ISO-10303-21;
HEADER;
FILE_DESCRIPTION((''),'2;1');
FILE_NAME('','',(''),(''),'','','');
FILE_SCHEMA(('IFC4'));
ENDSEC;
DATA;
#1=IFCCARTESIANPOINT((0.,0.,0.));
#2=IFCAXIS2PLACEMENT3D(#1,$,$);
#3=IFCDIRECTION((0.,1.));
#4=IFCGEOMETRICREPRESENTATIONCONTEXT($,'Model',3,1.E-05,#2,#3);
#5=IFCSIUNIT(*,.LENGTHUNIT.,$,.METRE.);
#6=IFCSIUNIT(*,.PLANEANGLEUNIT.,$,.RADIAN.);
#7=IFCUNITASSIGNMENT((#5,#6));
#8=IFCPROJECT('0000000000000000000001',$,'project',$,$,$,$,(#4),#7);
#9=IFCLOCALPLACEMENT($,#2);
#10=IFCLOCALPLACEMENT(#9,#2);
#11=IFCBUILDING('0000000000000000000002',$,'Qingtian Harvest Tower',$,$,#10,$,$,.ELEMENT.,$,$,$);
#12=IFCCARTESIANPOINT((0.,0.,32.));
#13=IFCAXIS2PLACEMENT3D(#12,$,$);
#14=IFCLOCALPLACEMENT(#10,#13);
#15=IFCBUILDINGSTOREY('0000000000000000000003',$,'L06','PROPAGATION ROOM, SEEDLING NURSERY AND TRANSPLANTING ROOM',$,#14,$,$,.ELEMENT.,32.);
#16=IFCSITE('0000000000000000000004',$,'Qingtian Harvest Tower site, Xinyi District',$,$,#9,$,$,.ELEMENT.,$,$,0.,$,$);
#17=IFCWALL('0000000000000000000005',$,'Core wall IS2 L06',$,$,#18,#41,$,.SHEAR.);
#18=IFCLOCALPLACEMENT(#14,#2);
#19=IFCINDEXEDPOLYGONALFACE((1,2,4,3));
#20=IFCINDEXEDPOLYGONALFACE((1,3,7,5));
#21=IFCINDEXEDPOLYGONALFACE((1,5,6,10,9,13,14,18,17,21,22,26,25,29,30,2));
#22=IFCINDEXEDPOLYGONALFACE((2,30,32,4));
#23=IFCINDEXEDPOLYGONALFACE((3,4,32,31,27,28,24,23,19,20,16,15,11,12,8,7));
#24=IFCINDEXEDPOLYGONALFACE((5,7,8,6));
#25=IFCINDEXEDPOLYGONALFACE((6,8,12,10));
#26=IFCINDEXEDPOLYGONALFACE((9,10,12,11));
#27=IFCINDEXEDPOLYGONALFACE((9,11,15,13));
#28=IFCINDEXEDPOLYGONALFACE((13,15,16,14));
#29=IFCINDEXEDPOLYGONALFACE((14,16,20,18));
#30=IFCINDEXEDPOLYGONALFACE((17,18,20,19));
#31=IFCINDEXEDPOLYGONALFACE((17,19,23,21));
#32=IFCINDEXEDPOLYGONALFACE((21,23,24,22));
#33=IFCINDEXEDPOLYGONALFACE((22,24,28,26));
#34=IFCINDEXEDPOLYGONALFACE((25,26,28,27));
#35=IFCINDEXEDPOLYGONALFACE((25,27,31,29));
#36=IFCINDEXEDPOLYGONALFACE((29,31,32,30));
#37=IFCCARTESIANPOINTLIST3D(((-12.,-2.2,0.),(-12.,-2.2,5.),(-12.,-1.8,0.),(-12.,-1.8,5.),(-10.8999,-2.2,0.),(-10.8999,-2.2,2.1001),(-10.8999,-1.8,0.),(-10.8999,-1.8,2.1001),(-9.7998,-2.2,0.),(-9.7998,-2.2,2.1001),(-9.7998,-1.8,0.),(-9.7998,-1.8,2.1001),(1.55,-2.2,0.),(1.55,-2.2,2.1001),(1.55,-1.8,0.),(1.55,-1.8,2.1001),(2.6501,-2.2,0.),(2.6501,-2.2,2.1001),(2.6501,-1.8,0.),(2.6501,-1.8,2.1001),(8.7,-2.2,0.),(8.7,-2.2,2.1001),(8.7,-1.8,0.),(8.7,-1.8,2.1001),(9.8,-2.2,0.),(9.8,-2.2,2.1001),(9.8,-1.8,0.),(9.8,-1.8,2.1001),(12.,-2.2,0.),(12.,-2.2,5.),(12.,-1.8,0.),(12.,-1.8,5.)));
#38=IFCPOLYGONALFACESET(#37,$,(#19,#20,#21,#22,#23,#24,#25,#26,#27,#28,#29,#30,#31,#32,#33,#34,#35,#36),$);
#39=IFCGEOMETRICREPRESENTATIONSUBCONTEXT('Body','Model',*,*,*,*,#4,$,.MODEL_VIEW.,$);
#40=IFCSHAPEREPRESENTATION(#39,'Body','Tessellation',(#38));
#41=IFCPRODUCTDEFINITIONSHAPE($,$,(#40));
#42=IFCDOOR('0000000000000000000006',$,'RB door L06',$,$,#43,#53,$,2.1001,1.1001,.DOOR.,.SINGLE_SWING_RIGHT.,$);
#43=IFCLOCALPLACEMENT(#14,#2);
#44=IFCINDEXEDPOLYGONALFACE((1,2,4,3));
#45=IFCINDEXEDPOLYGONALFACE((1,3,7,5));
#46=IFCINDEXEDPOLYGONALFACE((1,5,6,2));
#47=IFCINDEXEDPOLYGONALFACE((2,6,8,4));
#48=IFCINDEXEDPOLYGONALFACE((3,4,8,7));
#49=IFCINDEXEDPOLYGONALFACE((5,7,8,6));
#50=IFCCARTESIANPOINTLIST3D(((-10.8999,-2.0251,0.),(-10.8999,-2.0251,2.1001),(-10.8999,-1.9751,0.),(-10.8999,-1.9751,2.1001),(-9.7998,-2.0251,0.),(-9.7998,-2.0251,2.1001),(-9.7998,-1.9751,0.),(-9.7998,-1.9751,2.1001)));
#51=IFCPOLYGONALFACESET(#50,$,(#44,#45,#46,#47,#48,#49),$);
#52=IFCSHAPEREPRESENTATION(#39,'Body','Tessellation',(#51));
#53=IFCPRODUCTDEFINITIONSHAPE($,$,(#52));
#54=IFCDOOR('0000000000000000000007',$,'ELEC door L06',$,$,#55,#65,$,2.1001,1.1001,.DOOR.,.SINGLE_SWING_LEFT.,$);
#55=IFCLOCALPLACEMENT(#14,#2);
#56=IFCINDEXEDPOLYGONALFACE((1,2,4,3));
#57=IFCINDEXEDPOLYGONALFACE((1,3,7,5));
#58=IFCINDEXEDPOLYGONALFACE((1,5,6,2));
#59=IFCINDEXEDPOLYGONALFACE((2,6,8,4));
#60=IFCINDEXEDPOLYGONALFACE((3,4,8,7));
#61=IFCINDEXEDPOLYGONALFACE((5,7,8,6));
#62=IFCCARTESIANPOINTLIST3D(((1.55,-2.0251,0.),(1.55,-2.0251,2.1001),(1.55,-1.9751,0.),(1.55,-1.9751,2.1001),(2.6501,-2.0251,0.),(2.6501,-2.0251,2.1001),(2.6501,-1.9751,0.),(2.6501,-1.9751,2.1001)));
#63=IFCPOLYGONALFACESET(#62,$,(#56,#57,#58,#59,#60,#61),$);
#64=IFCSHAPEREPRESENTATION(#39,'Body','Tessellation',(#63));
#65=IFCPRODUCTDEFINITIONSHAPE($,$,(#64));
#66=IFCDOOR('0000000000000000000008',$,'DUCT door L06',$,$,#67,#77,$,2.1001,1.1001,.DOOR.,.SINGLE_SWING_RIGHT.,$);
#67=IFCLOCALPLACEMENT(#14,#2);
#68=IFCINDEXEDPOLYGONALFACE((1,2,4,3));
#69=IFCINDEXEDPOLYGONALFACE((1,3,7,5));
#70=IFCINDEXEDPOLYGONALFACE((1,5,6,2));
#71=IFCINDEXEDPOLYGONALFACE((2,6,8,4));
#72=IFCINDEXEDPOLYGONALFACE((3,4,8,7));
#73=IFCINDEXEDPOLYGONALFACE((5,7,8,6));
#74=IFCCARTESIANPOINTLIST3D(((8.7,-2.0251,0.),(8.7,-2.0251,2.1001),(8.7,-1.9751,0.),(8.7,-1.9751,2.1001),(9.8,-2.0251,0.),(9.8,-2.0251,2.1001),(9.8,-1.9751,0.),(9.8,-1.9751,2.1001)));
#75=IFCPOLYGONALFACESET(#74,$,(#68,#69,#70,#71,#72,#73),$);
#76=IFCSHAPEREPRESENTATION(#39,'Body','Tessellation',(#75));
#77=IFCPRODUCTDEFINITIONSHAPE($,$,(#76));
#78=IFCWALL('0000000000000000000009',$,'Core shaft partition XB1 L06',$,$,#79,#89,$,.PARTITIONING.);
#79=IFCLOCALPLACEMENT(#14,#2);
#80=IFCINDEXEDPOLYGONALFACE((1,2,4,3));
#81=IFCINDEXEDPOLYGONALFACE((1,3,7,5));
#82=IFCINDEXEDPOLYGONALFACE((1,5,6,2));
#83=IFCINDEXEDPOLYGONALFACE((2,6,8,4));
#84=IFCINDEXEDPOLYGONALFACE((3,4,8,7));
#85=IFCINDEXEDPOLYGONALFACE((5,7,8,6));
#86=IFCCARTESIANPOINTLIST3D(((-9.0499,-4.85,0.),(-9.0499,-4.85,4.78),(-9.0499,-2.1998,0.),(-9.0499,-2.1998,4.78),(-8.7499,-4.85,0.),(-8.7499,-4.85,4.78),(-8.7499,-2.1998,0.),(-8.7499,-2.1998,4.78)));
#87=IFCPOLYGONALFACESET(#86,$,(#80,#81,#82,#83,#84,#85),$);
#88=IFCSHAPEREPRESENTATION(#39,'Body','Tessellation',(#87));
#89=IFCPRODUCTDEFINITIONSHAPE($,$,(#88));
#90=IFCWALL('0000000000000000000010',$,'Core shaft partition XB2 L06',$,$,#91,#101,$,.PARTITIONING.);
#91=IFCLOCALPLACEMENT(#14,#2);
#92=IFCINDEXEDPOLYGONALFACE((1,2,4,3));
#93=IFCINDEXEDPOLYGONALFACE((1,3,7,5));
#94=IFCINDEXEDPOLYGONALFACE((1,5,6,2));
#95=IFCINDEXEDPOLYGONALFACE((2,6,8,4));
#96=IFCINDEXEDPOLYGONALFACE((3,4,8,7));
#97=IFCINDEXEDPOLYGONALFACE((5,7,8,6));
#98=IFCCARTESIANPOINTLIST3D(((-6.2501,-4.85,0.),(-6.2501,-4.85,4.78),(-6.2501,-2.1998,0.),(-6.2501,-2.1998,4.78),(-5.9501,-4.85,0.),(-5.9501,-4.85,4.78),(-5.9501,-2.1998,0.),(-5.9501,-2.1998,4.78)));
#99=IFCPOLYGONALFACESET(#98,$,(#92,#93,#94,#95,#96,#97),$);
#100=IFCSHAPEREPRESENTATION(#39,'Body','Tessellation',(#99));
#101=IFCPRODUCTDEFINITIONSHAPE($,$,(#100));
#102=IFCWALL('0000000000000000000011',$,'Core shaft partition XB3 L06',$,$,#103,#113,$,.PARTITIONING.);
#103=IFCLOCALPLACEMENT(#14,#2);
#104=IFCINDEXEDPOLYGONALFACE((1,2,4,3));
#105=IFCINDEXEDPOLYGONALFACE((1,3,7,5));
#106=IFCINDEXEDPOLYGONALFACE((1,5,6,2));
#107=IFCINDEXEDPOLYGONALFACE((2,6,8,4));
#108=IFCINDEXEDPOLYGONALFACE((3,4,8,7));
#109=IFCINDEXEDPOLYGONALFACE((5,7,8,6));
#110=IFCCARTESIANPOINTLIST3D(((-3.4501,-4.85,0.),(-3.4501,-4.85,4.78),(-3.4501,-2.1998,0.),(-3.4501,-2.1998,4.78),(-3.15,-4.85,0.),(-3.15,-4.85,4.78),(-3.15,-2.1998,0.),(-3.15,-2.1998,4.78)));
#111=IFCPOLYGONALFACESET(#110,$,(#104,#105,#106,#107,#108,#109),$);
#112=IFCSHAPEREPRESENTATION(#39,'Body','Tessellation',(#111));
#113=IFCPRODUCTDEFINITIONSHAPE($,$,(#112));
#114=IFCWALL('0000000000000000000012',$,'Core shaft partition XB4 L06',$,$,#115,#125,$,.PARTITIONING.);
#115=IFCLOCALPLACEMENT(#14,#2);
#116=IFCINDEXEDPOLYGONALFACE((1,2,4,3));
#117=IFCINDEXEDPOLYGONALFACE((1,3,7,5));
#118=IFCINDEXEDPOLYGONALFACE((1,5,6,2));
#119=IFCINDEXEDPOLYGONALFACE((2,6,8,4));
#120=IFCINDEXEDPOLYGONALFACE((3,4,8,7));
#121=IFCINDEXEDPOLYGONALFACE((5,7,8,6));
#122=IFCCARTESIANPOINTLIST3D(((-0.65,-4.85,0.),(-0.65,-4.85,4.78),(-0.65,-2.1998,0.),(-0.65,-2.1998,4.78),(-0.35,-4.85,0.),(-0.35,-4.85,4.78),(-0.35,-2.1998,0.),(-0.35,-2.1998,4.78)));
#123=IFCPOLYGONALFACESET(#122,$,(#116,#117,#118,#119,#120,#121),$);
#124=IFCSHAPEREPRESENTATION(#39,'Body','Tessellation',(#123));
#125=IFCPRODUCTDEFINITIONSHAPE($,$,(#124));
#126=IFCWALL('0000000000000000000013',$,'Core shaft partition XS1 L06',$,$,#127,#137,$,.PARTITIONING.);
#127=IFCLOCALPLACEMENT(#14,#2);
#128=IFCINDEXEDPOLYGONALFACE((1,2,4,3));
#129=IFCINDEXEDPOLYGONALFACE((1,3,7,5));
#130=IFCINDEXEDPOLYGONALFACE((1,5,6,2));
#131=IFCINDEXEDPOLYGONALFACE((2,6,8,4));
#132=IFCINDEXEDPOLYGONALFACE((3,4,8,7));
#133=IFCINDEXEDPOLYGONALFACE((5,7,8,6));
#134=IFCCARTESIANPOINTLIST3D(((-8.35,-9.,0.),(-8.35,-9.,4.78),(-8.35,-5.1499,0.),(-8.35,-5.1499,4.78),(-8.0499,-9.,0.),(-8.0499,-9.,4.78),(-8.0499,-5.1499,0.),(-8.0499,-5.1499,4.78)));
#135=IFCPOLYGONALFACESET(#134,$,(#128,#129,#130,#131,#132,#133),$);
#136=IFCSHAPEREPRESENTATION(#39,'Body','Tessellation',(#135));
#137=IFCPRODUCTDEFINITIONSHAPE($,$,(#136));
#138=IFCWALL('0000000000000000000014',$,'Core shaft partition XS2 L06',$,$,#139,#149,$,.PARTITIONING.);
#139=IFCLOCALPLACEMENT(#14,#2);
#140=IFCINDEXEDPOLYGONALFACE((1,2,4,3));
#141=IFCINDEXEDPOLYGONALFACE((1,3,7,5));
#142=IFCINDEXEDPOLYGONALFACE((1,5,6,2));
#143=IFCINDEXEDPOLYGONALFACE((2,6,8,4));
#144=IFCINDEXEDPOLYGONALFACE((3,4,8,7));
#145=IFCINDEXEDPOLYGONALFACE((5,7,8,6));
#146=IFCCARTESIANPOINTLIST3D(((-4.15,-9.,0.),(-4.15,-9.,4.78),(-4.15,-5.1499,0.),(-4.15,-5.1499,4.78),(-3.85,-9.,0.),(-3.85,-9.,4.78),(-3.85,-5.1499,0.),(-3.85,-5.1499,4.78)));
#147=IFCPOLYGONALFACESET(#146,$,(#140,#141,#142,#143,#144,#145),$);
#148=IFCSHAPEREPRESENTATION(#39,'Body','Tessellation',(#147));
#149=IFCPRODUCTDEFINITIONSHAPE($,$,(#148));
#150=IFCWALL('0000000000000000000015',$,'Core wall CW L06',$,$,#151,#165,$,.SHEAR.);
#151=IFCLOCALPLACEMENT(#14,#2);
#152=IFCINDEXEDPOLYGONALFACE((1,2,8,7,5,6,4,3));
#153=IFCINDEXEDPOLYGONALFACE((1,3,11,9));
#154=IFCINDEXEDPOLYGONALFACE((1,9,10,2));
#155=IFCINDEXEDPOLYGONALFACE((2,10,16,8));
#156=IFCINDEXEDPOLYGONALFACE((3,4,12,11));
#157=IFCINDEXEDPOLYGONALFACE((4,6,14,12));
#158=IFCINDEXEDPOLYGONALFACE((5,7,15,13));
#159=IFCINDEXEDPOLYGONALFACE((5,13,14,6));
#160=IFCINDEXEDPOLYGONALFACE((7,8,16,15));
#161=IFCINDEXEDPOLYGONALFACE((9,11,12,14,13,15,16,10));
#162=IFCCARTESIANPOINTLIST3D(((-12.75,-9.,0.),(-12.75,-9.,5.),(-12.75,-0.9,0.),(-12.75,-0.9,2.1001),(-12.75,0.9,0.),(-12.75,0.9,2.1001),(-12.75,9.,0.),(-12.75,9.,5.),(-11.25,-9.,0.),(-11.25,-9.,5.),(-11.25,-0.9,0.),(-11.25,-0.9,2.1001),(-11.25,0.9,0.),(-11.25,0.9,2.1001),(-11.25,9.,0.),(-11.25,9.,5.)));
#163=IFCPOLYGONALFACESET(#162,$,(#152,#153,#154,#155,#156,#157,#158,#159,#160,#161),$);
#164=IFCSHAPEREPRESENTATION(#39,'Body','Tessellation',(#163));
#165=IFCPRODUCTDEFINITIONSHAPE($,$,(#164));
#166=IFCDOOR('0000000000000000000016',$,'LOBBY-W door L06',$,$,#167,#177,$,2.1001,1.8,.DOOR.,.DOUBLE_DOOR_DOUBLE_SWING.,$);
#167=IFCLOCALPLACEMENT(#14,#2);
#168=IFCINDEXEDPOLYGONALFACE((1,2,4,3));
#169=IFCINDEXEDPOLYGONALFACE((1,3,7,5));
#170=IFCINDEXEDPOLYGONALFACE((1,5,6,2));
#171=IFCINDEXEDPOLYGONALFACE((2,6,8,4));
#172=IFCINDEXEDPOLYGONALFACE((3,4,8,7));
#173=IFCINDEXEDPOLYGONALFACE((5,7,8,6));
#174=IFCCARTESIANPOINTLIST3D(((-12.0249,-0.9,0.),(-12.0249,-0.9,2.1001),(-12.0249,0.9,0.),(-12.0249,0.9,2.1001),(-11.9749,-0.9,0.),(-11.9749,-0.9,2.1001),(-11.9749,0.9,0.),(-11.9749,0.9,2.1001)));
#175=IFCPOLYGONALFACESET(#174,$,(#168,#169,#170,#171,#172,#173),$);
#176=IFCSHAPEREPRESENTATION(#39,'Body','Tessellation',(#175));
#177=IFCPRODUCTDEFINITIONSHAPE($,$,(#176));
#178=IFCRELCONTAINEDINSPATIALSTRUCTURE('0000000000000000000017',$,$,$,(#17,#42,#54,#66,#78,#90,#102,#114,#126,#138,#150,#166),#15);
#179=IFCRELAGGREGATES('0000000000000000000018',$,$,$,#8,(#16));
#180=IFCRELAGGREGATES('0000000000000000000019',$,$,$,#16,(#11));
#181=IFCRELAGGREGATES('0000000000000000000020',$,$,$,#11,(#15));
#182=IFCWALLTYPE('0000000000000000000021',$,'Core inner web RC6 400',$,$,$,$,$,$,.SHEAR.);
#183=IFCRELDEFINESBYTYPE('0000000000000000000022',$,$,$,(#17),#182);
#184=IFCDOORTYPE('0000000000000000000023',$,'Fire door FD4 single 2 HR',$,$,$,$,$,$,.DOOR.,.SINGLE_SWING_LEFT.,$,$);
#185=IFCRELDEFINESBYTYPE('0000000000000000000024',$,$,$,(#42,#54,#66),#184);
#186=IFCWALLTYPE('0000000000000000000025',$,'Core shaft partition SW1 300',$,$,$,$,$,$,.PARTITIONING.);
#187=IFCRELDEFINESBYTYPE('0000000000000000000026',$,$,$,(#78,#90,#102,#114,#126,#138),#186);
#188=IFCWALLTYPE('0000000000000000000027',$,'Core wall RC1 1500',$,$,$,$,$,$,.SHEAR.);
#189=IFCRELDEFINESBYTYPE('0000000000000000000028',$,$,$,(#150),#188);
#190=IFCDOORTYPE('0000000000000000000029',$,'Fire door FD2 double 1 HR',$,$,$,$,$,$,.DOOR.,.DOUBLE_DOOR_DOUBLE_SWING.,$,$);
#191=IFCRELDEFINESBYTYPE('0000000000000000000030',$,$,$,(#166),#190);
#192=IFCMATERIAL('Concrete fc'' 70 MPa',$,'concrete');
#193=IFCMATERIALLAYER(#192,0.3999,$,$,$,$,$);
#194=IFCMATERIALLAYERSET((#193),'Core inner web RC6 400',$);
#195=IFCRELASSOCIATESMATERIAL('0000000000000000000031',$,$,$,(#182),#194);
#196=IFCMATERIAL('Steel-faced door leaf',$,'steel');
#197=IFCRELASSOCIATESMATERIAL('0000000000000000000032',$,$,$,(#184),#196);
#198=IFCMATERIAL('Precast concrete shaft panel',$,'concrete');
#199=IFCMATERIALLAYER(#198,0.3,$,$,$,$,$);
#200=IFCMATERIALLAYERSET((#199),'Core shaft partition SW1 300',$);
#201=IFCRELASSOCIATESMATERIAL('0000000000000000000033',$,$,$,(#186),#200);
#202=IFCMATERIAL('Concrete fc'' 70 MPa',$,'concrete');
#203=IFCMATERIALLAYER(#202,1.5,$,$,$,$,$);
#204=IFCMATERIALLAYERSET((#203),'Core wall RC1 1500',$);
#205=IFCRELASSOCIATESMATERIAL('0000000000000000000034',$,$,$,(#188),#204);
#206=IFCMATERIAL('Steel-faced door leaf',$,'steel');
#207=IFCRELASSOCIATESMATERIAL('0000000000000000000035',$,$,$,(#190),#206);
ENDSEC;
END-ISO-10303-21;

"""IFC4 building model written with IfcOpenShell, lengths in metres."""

from ifc_helpers import new_model, si_unit, direction, frame, frame_2d, origin, place, context, subcontext, project, spatial, rectangle, extrude, material, layer, layer_set, type_object, element, fill, save


model = new_model("IFC4")

# Units and contexts
model_context = context("Model", 3, precision=1e-05, world=origin(), true_north=direction((0.0, 1.0)))
body_context = subcontext(model_context, "Body", "Model", "MODEL_VIEW")
ifc_project = project(units=[si_unit("LENGTHUNIT", "METRE"), si_unit("PLANEANGLEUNIT", "RADIAN")], contexts=[model_context])

# Site, building, storey
site_placement = place(None, origin())
site = spatial("IfcSite", under=ifc_project, at=site_placement, Name="Qingtian Harvest Tower site, Xinyi District", CompositionType="ELEMENT", RefElevation=0.0)
building_placement = place(site_placement, origin())
building = spatial("IfcBuilding", under=site, at=building_placement, Name="Qingtian Harvest Tower", CompositionType="ELEMENT")
storey_placement = place(building_placement, frame((0.0, 0.0, 32.0)))
storey = spatial("IfcBuildingStorey", under=building, at=storey_placement, Name="L06", Description="PROPAGATION ROOM, SEEDLING NURSERY AND TRANSPLANTING ROOM", CompositionType="ELEMENT", Elevation=32.0)

# Wall, openings, doors
ifc_material_1 = material(Name="Concrete fc' 70 MPa", Category="concrete")
ifc_layer_1 = layer(ifc_material_1, 0.3999)
ifc_layer_set_1 = layer_set([ifc_layer_1], Name="Core inner web RC6 400")
wall_type_1 = type_object("IfcWallType", Name="Core inner web RC6 400", PredefinedType="SHEAR", material=ifc_layer_set_1)
wall_1_placement = place(storey_placement, frame((-12.0, -2.0, 0.0), z_axis=(0.0, 0.0, 1.0), x_axis=(1.0, 0.0, 0.0)))
wall_1 = element("IfcWall", 1, at=wall_1_placement, inside=storey, type_object=wall_type_1, Name="Core wall IS2 L06", PredefinedType="SHEAR", context=body_context, shape_type="SweptSolid", body=[
    extrude(rectangle(XDim=24.0, YDim=0.3999, at=frame_2d((12.0, 0.0))), origin(), (0.0, 0.0, 1.0), 5.0),
])
opening_1_placement = place(wall_1_placement, frame((1.1001, 0.0, 0.0)))
opening_1 = element("IfcOpeningElement", 2, at=opening_1_placement, cuts=wall_1, PredefinedType="OPENING", context=body_context, shape_type="SweptSolid", body=[
    extrude(rectangle(XDim=1.1001, YDim=2.1001, at=frame_2d((0.55, 1.05))), frame((0.0, 0.21, 0.0), z_axis=(0.0, -1.0, 0.0), x_axis=(1.0, 0.0, 0.0)), (0.0, 0.0, 1.0), 0.4199),
])
opening_2_placement = place(wall_1_placement, frame((13.55, 0.0, 0.0)))
opening_2 = element("IfcOpeningElement", 3, at=opening_2_placement, cuts=wall_1, PredefinedType="OPENING", context=body_context, shape_type="SweptSolid", body=[
    extrude(rectangle(XDim=1.1001, YDim=2.1001, at=frame_2d((0.55, 1.05))), frame((0.0, 0.21, 0.0), z_axis=(0.0, -1.0, 0.0), x_axis=(1.0, 0.0, 0.0)), (0.0, 0.0, 1.0), 0.4199),
])
opening_3_placement = place(wall_1_placement, frame((20.7, 0.0, 0.0)))
opening_3 = element("IfcOpeningElement", 4, at=opening_3_placement, cuts=wall_1, PredefinedType="OPENING", context=body_context, shape_type="SweptSolid", body=[
    extrude(rectangle(XDim=1.1001, YDim=2.1001, at=frame_2d((0.55, 1.05))), frame((0.0, 0.21, 0.0), z_axis=(0.0, -1.0, 0.0), x_axis=(1.0, 0.0, 0.0)), (0.0, 0.0, 1.0), 0.4199),
])
ifc_material_2 = material(Name="Steel-faced door leaf", Category="steel")
door_type_1 = type_object("IfcDoorType", Name="Fire door FD4 single 2 HR", OperationType="SINGLE_SWING_LEFT", PredefinedType="DOOR", material=ifc_material_2)
door_1_placement = place(opening_1_placement, origin())
door_1 = element("IfcDoor", 5, at=door_1_placement, inside=storey, type_object=door_type_1, Name="RB door L06", OperationType="SINGLE_SWING_RIGHT", OverallHeight=2.1001, OverallWidth=1.1001, PredefinedType="DOOR", context=body_context, shape_type="SweptSolid", body=[
    extrude(rectangle(XDim=1.1001, YDim=2.1001, at=frame_2d((0.55, 1.05))), frame((0.0, 0.0249, 0.0), z_axis=(0.0, -1.0, 0.0), x_axis=(1.0, 0.0, 0.0)), (0.0, 0.0, 1.0), 0.05),
])
fill(opening_1, door_1)
door_2_placement = place(opening_2_placement, origin())
door_2 = element("IfcDoor", 6, at=door_2_placement, inside=storey, type_object=door_type_1, Name="ELEC door L06", OperationType="SINGLE_SWING_LEFT", OverallHeight=2.1001, OverallWidth=1.1001, PredefinedType="DOOR", context=body_context, shape_type="SweptSolid", body=[
    extrude(rectangle(XDim=1.1001, YDim=2.1001, at=frame_2d((0.55, 1.05))), frame((0.0, 0.0249, 0.0), z_axis=(0.0, -1.0, 0.0), x_axis=(1.0, 0.0, 0.0)), (0.0, 0.0, 1.0), 0.05),
])
fill(opening_2, door_2)
door_3_placement = place(opening_3_placement, origin())
door_3 = element("IfcDoor", 7, at=door_3_placement, inside=storey, type_object=door_type_1, Name="DUCT door L06", OperationType="SINGLE_SWING_RIGHT", OverallHeight=2.1001, OverallWidth=1.1001, PredefinedType="DOOR", context=body_context, shape_type="SweptSolid", body=[
    extrude(rectangle(XDim=1.1001, YDim=2.1001, at=frame_2d((0.55, 1.05))), frame((0.0, 0.0249, 0.0), z_axis=(0.0, -1.0, 0.0), x_axis=(1.0, 0.0, 0.0)), (0.0, 0.0, 1.0), 0.05),
])
fill(opening_3, door_3)

# Walls
ifc_material_3 = material(Name="Precast concrete shaft panel", Category="concrete")
ifc_layer_2 = layer(ifc_material_3, 0.3)
ifc_layer_set_2 = layer_set([ifc_layer_2], Name="Core shaft partition SW1 300")
wall_type_2 = type_object("IfcWallType", Name="Core shaft partition SW1 300", PredefinedType="PARTITIONING", material=ifc_layer_set_2)
for number, where, z_axis, x_axis, name in (
    (8, (-8.8999, -4.8501, 0.0), (0.0, 0.0, 1.0), (0.0, 1.0, 0.0), "Core shaft partition XB1 L06"),
    (9, (-6.1001, -4.8501, 0.0), (0.0, 0.0, 1.0), (0.0, 1.0, 0.0), "Core shaft partition XB2 L06"),
    (10, (-3.3, -4.8501, 0.0), (0.0, 0.0, 1.0), (0.0, 1.0, 0.0), "Core shaft partition XB3 L06"),
    (11, (-0.5, -4.8501, 0.0), (0.0, 0.0, 1.0), (0.0, 1.0, 0.0), "Core shaft partition XB4 L06"),
):
    element("IfcWall", number, at=place(storey_placement, frame(where, z_axis=z_axis, x_axis=x_axis)), inside=storey, type_object=wall_type_2, Name=name, PredefinedType="PARTITIONING", context=body_context, shape_type="SweptSolid", body=[
        extrude(rectangle(XDim=2.6501, YDim=0.3, at=frame_2d((1.3252, 0.0))), origin(), (0.0, 0.0, 1.0), 4.78),
    ])
for number, where, z_axis, x_axis, name in (
    (12, (-8.2, -9.0, 0.0), (0.0, 0.0, 1.0), (0.0, 1.0, 0.0), "Core shaft partition XS1 L06"),
    (13, (-4.0, -9.0, 0.0), (0.0, 0.0, 1.0), (0.0, 1.0, 0.0), "Core shaft partition XS2 L06"),
):
    element("IfcWall", number, at=place(storey_placement, frame(where, z_axis=z_axis, x_axis=x_axis)), inside=storey, type_object=wall_type_2, Name=name, PredefinedType="PARTITIONING", context=body_context, shape_type="SweptSolid", body=[
        extrude(rectangle(XDim=3.8501, YDim=0.3, at=frame_2d((1.925, 0.0))), origin(), (0.0, 0.0, 1.0), 4.78),
    ])

# Wall, opening, door
ifc_material_4 = material(Name="Concrete fc' 70 MPa", Category="concrete")
ifc_layer_3 = layer(ifc_material_4, 1.5)
ifc_layer_set_3 = layer_set([ifc_layer_3], Name="Core wall RC1 1500")
wall_type_3 = type_object("IfcWallType", Name="Core wall RC1 1500", PredefinedType="SHEAR", material=ifc_layer_set_3)
wall_2_placement = place(storey_placement, frame((-12.0, -9.0, 0.0), z_axis=(0.0, 0.0, 1.0), x_axis=(0.0, 1.0, 0.0)))
wall_2 = element("IfcWall", 14, at=wall_2_placement, inside=storey, type_object=wall_type_3, Name="Core wall CW L06", PredefinedType="SHEAR", context=body_context, shape_type="SweptSolid", body=[
    extrude(rectangle(XDim=18.0, YDim=1.5, at=frame_2d((9.0, 0.0))), origin(), (0.0, 0.0, 1.0), 5.0),
])
opening_4_placement = place(wall_2_placement, frame((8.1001, 0.0, 0.0)))
opening_4 = element("IfcOpeningElement", 15, at=opening_4_placement, cuts=wall_2, PredefinedType="OPENING", context=body_context, shape_type="SweptSolid", body=[
    extrude(rectangle(XDim=1.8, YDim=2.1001, at=frame_2d((0.8999, 1.05))), frame((0.0, 0.76, 0.0), z_axis=(0.0, -1.0, 0.0), x_axis=(1.0, 0.0, 0.0)), (0.0, 0.0, 1.0), 1.52),
])
ifc_material_5 = material(Name="Steel-faced door leaf", Category="steel")
door_type_2 = type_object("IfcDoorType", Name="Fire door FD2 double 1 HR", OperationType="DOUBLE_DOOR_DOUBLE_SWING", PredefinedType="DOOR", material=ifc_material_5)
door_4_placement = place(opening_4_placement, origin())
door_4 = element("IfcDoor", 16, at=door_4_placement, inside=storey, type_object=door_type_2, Name="LOBBY-W door L06", OperationType="DOUBLE_DOOR_DOUBLE_SWING", OverallHeight=2.1001, OverallWidth=1.8, PredefinedType="DOOR", context=body_context, shape_type="SweptSolid", body=[
    extrude(rectangle(XDim=1.8, YDim=2.1001, at=frame_2d((0.8999, 1.05))), frame((0.0, 0.0249, 0.0), z_axis=(0.0, -1.0, 0.0), x_axis=(1.0, 0.0, 0.0)), (0.0, 0.0, 1.0), 0.05),
])
fill(opening_4, door_4)

save(model, "model.ifc")
